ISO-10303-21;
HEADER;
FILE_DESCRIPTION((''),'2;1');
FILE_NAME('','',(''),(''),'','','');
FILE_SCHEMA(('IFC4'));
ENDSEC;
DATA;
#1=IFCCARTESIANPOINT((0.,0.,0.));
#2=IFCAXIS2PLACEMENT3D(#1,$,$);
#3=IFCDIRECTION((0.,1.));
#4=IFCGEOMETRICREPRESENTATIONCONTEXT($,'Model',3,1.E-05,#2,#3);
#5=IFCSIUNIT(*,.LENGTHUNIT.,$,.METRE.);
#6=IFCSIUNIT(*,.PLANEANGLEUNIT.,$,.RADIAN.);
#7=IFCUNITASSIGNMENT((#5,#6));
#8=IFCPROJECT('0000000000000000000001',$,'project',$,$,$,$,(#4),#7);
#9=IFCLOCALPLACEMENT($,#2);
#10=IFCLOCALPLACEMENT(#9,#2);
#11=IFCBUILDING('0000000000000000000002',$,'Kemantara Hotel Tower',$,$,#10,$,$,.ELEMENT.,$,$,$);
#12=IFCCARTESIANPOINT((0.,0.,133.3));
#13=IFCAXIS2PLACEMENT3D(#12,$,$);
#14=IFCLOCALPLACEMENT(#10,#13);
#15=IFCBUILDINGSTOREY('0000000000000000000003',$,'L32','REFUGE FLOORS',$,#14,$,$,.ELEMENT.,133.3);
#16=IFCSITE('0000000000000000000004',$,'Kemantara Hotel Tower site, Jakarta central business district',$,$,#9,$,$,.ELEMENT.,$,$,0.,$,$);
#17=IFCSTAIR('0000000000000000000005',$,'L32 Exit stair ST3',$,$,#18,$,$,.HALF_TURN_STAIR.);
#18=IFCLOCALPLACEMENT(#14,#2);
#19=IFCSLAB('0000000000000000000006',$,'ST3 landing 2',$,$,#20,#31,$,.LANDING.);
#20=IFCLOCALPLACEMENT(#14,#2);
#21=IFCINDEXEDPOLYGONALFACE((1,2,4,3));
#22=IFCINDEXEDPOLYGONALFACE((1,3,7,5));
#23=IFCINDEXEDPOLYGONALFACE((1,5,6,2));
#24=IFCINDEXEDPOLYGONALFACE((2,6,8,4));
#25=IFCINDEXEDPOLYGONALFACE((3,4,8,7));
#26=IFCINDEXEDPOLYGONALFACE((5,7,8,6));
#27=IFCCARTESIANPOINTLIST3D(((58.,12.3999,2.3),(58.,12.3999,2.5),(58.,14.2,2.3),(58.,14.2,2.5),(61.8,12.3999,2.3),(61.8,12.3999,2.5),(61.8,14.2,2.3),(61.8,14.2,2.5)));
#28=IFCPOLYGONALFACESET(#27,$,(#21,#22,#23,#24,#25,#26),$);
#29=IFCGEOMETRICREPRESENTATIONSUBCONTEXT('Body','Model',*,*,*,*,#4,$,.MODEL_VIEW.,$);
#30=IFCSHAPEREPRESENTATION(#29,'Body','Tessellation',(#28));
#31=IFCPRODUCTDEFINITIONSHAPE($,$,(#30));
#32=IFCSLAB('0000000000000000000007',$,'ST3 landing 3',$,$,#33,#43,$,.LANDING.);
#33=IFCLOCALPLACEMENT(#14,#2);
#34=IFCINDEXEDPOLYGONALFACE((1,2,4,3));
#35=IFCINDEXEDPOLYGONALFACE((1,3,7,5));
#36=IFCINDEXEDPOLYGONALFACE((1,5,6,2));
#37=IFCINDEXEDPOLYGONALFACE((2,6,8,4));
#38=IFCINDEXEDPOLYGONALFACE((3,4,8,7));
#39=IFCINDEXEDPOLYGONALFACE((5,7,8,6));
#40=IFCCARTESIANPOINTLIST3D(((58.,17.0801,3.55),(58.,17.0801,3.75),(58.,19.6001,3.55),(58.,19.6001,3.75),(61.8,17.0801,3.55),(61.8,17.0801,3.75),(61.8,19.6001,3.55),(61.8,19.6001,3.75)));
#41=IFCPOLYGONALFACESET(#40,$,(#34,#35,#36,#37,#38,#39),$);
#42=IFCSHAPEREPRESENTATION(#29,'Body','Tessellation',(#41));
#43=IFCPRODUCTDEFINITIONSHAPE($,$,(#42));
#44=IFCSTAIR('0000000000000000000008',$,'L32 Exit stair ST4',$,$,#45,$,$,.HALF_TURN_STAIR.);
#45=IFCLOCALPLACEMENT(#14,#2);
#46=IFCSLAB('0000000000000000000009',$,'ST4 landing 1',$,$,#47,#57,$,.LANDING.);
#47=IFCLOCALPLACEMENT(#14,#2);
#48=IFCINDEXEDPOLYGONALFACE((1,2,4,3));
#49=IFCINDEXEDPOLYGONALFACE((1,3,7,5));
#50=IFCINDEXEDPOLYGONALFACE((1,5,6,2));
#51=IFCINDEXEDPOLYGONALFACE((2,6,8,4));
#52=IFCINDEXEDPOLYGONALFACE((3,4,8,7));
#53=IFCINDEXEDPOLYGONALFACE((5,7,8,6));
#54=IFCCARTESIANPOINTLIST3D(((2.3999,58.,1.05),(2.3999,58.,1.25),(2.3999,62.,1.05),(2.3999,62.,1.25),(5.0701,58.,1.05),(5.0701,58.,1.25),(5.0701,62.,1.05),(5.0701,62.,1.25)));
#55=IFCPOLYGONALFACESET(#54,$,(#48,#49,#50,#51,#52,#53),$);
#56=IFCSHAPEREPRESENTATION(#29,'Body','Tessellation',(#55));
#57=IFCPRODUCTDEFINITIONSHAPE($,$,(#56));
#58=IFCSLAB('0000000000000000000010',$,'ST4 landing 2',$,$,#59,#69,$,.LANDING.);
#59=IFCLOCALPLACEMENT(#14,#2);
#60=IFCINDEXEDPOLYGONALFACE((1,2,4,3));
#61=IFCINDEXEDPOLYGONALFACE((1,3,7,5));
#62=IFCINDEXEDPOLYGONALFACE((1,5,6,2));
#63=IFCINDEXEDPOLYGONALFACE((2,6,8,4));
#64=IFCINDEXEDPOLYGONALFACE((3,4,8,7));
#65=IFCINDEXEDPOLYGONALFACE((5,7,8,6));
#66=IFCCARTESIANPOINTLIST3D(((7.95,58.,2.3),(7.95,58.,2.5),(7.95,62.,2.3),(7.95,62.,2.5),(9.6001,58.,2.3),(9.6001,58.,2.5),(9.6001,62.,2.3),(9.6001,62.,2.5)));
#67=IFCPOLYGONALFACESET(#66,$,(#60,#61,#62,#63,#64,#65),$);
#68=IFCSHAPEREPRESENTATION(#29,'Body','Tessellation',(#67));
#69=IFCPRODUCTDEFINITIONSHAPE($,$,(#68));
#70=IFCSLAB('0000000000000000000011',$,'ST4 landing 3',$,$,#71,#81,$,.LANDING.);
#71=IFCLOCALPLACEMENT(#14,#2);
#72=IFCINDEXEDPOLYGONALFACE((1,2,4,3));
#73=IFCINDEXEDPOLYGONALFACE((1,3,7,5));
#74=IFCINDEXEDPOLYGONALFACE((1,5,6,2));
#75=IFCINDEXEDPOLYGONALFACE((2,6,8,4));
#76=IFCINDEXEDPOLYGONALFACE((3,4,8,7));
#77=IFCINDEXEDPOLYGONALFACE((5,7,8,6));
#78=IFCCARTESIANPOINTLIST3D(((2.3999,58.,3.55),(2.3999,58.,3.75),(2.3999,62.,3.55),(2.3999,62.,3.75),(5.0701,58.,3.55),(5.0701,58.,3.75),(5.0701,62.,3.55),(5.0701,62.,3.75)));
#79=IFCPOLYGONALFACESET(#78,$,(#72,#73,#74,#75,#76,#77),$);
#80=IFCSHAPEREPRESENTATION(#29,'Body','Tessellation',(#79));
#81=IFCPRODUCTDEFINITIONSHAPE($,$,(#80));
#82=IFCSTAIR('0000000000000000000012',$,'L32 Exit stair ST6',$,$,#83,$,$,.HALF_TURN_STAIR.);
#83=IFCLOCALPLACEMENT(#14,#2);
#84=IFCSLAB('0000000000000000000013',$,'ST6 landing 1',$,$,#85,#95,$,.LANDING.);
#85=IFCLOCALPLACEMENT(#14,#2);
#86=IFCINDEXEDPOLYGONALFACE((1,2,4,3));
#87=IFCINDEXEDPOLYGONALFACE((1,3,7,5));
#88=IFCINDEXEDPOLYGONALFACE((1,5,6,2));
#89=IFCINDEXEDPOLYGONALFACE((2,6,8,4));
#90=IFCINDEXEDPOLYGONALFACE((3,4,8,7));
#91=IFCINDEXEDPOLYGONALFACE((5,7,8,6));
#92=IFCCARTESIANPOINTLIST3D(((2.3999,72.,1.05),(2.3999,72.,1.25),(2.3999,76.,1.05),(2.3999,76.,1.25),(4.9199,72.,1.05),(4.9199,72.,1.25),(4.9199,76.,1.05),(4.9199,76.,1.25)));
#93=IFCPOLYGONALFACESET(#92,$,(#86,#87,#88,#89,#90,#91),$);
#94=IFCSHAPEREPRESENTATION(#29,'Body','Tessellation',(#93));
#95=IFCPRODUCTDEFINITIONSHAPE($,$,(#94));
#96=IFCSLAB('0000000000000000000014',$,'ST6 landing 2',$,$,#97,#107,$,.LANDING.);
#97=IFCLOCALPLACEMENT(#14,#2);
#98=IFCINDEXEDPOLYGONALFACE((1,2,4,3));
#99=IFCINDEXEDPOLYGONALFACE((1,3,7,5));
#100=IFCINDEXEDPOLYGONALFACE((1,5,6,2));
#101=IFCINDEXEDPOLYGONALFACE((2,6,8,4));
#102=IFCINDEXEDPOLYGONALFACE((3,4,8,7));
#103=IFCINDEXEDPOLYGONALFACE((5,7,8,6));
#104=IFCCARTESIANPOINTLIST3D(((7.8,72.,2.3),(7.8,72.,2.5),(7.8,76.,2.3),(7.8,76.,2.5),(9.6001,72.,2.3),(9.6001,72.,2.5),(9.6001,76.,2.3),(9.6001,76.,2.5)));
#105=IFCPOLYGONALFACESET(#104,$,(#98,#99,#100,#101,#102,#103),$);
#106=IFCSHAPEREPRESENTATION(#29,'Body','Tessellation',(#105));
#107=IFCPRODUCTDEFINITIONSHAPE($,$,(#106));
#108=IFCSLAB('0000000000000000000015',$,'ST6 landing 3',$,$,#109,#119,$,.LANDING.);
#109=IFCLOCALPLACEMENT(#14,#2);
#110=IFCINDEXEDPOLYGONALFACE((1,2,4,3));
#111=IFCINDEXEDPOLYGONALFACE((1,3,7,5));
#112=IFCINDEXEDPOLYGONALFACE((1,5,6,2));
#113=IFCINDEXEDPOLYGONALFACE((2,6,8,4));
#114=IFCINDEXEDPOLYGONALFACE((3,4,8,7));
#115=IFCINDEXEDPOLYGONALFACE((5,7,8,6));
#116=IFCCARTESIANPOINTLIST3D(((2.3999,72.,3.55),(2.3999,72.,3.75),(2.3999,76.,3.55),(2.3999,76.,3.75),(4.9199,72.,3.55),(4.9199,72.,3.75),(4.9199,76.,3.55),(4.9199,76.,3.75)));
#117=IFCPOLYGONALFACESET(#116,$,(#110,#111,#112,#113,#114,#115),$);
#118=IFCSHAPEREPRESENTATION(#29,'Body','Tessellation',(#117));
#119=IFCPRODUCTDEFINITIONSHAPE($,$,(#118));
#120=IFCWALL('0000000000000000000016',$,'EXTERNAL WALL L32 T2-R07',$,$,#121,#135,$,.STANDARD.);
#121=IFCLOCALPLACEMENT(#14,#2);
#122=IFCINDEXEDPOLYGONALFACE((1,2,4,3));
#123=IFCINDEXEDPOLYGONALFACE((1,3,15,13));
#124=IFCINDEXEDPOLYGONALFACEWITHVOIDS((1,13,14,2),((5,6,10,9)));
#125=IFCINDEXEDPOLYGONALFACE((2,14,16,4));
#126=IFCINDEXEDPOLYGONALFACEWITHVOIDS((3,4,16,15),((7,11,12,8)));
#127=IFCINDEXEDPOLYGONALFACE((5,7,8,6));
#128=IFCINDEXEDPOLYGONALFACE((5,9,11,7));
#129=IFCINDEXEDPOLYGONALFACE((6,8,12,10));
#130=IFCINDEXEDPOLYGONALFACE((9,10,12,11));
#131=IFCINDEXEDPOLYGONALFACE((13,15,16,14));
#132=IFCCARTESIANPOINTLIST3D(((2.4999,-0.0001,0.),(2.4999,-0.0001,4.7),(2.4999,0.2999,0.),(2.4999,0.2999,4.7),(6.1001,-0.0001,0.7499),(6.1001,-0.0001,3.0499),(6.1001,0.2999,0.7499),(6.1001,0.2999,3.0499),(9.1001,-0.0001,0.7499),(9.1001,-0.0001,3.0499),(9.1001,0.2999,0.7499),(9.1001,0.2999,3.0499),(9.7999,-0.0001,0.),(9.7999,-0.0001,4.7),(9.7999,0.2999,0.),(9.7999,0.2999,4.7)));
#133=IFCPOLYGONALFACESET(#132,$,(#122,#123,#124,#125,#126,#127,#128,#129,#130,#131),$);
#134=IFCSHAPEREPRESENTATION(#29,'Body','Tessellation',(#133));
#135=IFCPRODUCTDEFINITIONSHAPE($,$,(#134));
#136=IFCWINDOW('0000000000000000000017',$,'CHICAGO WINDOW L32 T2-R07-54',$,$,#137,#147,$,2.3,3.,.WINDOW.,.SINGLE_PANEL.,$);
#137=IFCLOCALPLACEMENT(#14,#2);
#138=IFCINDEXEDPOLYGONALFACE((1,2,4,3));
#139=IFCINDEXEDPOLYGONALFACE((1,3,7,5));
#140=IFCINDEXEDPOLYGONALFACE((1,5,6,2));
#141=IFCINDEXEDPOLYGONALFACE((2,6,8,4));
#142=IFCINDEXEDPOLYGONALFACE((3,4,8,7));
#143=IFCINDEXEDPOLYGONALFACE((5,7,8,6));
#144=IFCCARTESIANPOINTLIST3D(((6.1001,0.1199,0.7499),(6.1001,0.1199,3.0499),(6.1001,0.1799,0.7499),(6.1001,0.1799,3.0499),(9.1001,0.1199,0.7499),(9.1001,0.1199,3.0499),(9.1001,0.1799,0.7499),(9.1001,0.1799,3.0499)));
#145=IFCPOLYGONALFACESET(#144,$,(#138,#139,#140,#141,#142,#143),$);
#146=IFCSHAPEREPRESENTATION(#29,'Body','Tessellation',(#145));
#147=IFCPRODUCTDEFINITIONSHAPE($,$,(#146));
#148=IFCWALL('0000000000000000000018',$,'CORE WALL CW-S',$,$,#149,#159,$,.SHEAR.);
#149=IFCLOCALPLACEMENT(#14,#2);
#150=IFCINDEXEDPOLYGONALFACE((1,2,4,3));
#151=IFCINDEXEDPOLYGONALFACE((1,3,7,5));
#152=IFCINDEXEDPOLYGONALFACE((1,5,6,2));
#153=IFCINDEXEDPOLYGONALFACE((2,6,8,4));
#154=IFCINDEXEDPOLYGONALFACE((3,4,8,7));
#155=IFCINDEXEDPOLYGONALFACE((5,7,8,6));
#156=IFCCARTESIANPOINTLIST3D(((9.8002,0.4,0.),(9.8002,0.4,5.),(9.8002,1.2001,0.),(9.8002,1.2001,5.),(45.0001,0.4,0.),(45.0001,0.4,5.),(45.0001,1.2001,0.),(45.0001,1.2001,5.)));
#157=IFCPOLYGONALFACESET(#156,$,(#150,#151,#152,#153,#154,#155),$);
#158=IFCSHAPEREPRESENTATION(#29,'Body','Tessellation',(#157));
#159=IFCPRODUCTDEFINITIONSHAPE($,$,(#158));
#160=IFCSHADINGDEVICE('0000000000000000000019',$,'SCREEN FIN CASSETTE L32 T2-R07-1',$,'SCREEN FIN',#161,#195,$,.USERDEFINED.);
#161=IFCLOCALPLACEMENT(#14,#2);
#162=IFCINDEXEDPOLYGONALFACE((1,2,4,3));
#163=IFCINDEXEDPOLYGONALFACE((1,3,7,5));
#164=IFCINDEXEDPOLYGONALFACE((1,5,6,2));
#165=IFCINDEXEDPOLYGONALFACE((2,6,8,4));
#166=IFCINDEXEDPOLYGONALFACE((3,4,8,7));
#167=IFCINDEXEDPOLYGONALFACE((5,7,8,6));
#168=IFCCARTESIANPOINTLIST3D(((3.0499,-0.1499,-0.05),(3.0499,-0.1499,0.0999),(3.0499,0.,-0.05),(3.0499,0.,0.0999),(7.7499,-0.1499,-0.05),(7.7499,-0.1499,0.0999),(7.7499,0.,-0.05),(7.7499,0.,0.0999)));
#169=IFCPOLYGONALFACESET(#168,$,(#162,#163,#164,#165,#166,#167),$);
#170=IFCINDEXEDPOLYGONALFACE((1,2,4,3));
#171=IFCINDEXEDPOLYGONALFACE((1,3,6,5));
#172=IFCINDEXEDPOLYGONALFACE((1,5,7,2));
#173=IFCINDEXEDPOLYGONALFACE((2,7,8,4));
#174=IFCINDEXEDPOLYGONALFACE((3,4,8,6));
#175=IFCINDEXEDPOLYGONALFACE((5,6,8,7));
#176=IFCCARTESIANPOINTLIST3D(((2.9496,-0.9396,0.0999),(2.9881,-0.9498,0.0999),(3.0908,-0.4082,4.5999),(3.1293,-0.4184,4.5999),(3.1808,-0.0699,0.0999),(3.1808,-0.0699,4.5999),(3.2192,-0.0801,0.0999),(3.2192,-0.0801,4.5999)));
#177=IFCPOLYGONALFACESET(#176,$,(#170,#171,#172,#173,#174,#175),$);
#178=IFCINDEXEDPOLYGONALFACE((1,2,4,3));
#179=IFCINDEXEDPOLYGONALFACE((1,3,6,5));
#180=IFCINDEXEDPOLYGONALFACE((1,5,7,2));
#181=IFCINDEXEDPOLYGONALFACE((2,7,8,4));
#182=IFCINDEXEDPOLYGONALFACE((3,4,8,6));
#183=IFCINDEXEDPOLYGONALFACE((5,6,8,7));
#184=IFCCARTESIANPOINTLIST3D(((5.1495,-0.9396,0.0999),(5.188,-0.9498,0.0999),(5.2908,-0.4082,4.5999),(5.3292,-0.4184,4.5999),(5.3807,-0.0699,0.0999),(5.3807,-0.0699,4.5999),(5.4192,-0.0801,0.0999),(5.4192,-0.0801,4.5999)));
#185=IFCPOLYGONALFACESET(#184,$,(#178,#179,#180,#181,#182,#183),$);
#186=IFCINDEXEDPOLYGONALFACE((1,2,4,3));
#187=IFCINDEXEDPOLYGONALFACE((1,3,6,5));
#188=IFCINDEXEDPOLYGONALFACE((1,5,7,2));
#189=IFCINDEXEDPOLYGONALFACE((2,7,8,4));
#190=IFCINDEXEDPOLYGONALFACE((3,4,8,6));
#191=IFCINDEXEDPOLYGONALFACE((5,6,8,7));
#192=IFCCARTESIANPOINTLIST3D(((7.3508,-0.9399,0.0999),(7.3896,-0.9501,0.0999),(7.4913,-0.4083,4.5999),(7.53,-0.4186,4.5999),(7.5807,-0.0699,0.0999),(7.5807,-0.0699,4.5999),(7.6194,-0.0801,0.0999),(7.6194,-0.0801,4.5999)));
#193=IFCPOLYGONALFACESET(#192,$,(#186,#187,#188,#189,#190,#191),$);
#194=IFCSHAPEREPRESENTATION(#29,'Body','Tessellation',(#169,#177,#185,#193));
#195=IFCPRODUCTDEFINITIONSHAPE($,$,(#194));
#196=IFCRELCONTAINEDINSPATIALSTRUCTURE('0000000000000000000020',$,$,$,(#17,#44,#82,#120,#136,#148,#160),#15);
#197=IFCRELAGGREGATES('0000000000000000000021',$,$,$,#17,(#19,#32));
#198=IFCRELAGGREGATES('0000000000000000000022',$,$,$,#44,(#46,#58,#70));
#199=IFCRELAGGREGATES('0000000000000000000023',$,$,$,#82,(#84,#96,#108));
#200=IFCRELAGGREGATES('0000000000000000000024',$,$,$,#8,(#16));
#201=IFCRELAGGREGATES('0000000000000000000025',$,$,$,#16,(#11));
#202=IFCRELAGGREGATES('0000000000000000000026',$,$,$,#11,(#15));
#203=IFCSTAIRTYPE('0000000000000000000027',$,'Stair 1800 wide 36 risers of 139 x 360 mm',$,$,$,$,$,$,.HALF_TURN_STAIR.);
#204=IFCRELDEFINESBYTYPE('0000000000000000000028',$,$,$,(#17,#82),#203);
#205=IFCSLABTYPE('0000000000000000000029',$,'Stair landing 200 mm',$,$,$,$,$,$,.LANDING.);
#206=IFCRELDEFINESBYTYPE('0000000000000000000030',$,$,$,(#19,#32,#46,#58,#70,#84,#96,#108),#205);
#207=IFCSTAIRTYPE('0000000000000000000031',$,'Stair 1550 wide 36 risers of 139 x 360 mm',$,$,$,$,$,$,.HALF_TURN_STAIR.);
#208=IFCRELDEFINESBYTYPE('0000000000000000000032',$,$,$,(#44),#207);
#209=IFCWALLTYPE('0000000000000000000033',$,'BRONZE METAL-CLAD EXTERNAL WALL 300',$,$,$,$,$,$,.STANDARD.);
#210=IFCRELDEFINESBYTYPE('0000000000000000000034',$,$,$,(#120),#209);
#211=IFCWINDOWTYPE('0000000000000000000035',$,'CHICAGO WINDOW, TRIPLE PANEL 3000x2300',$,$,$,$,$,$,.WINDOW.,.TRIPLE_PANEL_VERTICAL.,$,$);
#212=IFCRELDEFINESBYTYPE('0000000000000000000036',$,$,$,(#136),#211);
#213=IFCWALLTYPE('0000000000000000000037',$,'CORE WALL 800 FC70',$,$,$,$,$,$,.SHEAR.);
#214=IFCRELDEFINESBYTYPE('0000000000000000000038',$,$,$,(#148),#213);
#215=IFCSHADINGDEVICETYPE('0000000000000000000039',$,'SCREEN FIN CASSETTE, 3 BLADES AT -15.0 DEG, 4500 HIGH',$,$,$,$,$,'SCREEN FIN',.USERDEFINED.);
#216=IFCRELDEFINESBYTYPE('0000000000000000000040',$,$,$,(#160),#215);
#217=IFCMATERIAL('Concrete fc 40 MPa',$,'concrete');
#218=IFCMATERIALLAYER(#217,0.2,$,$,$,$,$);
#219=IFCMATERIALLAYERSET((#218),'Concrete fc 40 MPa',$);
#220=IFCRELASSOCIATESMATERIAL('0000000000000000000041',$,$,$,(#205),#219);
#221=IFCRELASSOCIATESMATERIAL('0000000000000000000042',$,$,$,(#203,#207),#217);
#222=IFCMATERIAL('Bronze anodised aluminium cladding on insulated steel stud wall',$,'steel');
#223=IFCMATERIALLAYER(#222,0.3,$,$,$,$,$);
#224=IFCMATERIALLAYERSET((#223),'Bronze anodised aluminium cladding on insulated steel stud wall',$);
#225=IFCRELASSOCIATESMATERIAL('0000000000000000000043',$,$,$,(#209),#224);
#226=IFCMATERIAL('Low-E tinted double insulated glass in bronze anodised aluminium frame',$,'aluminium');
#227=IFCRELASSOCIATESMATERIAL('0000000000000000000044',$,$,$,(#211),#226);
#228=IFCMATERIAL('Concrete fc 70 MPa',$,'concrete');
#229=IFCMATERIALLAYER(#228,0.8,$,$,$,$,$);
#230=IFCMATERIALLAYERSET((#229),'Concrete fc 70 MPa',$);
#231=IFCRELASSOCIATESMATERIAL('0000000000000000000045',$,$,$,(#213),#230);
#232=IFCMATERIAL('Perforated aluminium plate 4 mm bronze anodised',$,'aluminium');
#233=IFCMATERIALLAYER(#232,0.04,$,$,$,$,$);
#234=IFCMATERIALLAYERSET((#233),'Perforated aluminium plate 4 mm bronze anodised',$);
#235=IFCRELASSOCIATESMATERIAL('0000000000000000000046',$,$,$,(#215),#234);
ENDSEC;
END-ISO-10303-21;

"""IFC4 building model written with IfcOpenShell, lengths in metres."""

from ifc_helpers import new_model, si_unit, direction, frame, frame_2d, origin, origin_2d, place, context, subcontext, project, spatial, polyline, rectangle, outline, extrude, source, transform, mapped, material, layer, layer_set, type_object, element, fill, aggregate, save


model = new_model("IFC4")

# Units and contexts
model_context = context("Model", 3, precision=1e-05, world=origin(), true_north=direction((0.0, 1.0)))
body_context = subcontext(model_context, "Body", "Model", "MODEL_VIEW")
ifc_project = project(units=[si_unit("LENGTHUNIT", "METRE"), si_unit("PLANEANGLEUNIT", "RADIAN")], contexts=[model_context])

# Site, building, storey
site_placement = place(None, origin())
site = spatial("IfcSite", under=ifc_project, at=site_placement, Name="Kemantara Hotel Tower site, Jakarta central business district", CompositionType="ELEMENT", RefElevation=0.0)
building_placement = place(site_placement, origin())
building = spatial("IfcBuilding", under=site, at=building_placement, Name="Kemantara Hotel Tower", CompositionType="ELEMENT")
storey_placement = place(building_placement, frame((0.0, 0.0, 133.3)))
storey = spatial("IfcBuildingStorey", under=building, at=storey_placement, Name="L32", Description="REFUGE FLOORS", CompositionType="ELEMENT", Elevation=133.3)

# Shared definitions
ifc_material_1 = material(Name="Concrete fc 40 MPa", Category="concrete")

# Stairs, slabs
ifc_layer_1 = layer(ifc_material_1, 0.2)
ifc_layer_set_1 = layer_set([ifc_layer_1], Name="Concrete fc 40 MPa")
slab_type_1 = type_object("IfcSlabType", Name="Stair landing 200 mm", PredefinedType="LANDING", material=ifc_layer_set_1)
stair_type_1 = type_object("IfcStairType", Name="Stair 1800 wide 36 risers of 139 x 360 mm", PredefinedType="HALF_TURN_STAIR", material=ifc_material_1)
stair_1_placement = place(storey_placement, origin())
stair_1 = element("IfcStair", 1, at=stair_1_placement, inside=storey, type_object=stair_type_1, Name="L32 Exit stair ST3", PredefinedType="HALF_TURN_STAIR")
slab_1_placement = place(storey_placement, frame((0.0, 0.0, 2.3)))
slab_1 = element("IfcSlab", 2, at=slab_1_placement, type_object=slab_type_1, Name="ST3 landing 2", PredefinedType="LANDING", context=body_context, shape_type="SweptSolid", body=[
    extrude(outline(polyline([(61.8, 12.3999), (61.8, 14.2), (58.0, 14.2), (58.0, 12.3999), (61.8, 12.3999)])), origin(), (0.0, 0.0, 1.0), 0.2),
])
slab_2_placement = place(storey_placement, frame((0.0, 0.0, 3.55)))
slab_2 = element("IfcSlab", 3, at=slab_2_placement, type_object=slab_type_1, Name="ST3 landing 3", PredefinedType="LANDING", context=body_context, shape_type="SweptSolid", body=[
    extrude(outline(polyline([(61.8, 17.0801), (61.8, 19.6001), (58.0, 19.6001), (58.0, 17.0801), (61.8, 17.0801)])), origin(), (0.0, 0.0, 1.0), 0.2),
])
aggregate(stair_1, [slab_1, slab_2])
stair_type_2 = type_object("IfcStairType", Name="Stair 1550 wide 36 risers of 139 x 360 mm", PredefinedType="HALF_TURN_STAIR", material=ifc_material_1)
stair_2_placement = place(storey_placement, origin())
stair_2 = element("IfcStair", 4, at=stair_2_placement, inside=storey, type_object=stair_type_2, Name="L32 Exit stair ST4", PredefinedType="HALF_TURN_STAIR")
slab_3_placement = place(storey_placement, frame((0.0, 0.0, 1.05)))
slab_3 = element("IfcSlab", 5, at=slab_3_placement, type_object=slab_type_1, Name="ST4 landing 1", PredefinedType="LANDING", context=body_context, shape_type="SweptSolid", body=[
    extrude(outline(polyline([(5.0701, 62.0), (2.3999, 62.0), (2.3999, 58.0), (5.0701, 58.0), (5.0701, 62.0)])), origin(), (0.0, 0.0, 1.0), 0.2),
])
slab_4_placement = place(storey_placement, frame((0.0, 0.0, 2.3)))
slab_4 = element("IfcSlab", 6, at=slab_4_placement, type_object=slab_type_1, Name="ST4 landing 2", PredefinedType="LANDING", context=body_context, shape_type="SweptSolid", body=[
    extrude(outline(polyline([(9.6001, 62.0), (7.95, 62.0), (7.95, 58.0), (9.6001, 58.0), (9.6001, 62.0)])), origin(), (0.0, 0.0, 1.0), 0.2),
])
slab_5_placement = place(storey_placement, frame((0.0, 0.0, 3.55)))
slab_5 = element("IfcSlab", 7, at=slab_5_placement, type_object=slab_type_1, Name="ST4 landing 3", PredefinedType="LANDING", context=body_context, shape_type="SweptSolid", body=[
    extrude(outline(polyline([(5.0701, 62.0), (2.3999, 62.0), (2.3999, 58.0), (5.0701, 58.0), (5.0701, 62.0)])), origin(), (0.0, 0.0, 1.0), 0.2),
])
aggregate(stair_2, [slab_3, slab_4, slab_5])
stair_3_placement = place(storey_placement, origin())
stair_3 = element("IfcStair", 8, at=stair_3_placement, inside=storey, type_object=stair_type_1, Name="L32 Exit stair ST6", PredefinedType="HALF_TURN_STAIR")
slab_6_placement = place(storey_placement, frame((0.0, 0.0, 1.05)))
slab_6 = element("IfcSlab", 9, at=slab_6_placement, type_object=slab_type_1, Name="ST6 landing 1", PredefinedType="LANDING", context=body_context, shape_type="SweptSolid", body=[
    extrude(outline(polyline([(4.9199, 76.0), (2.3999, 76.0), (2.3999, 72.0), (4.9199, 72.0), (4.9199, 76.0)])), origin(), (0.0, 0.0, 1.0), 0.2),
])
slab_7_placement = place(storey_placement, frame((0.0, 0.0, 2.3)))
slab_7 = element("IfcSlab", 10, at=slab_7_placement, type_object=slab_type_1, Name="ST6 landing 2", PredefinedType="LANDING", context=body_context, shape_type="SweptSolid", body=[
    extrude(outline(polyline([(9.6001, 76.0), (7.8, 76.0), (7.8, 72.0), (9.6001, 72.0), (9.6001, 76.0)])), origin(), (0.0, 0.0, 1.0), 0.2),
])
slab_8_placement = place(storey_placement, frame((0.0, 0.0, 3.55)))
slab_8 = element("IfcSlab", 11, at=slab_8_placement, type_object=slab_type_1, Name="ST6 landing 3", PredefinedType="LANDING", context=body_context, shape_type="SweptSolid", body=[
    extrude(outline(polyline([(4.9199, 76.0), (2.3999, 76.0), (2.3999, 72.0), (4.9199, 72.0), (4.9199, 76.0)])), origin(), (0.0, 0.0, 1.0), 0.2),
])
aggregate(stair_3, [slab_6, slab_7, slab_8])

# Wall, opening, window
ifc_material_2 = material(Name="Bronze anodised aluminium cladding on insulated steel stud wall", Category="steel")
ifc_layer_2 = layer(ifc_material_2, 0.3)
ifc_layer_set_2 = layer_set([ifc_layer_2], Name="Bronze anodised aluminium cladding on insulated steel stud wall")
wall_type_1 = type_object("IfcWallType", Name="BRONZE METAL-CLAD EXTERNAL WALL 300", PredefinedType="STANDARD", material=ifc_layer_set_2)
wall_1_placement = place(storey_placement, frame((2.5, 0.1499, 0.0), z_axis=(0.0, 0.0, 1.0), x_axis=(1.0, 0.0, 0.0)))
wall_1 = element("IfcWall", 12, at=wall_1_placement, inside=storey, type_object=wall_type_1, Name="EXTERNAL WALL L32 T2-R07", PredefinedType="STANDARD", context=body_context, shape_type="SweptSolid", body=[
    extrude(rectangle(XDim=7.3, YDim=0.3, at=frame_2d((3.6499, 0.0))), origin(), (0.0, 0.0, 1.0), 4.7),
])
opening_placement = place(wall_1_placement, frame((3.6001, 0.0, 0.75)))
opening = element("IfcOpeningElement", 13, at=opening_placement, cuts=wall_1, PredefinedType="OPENING", context=body_context, shape_type="SweptSolid", body=[
    extrude(rectangle(XDim=3.0, YDim=2.3, at=frame_2d((1.5, 1.1499))), frame((0.0, 0.1599, 0.0), z_axis=(0.0, -1.0, 0.0), x_axis=(1.0, 0.0, 0.0)), (0.0, 0.0, 1.0), 0.3201),
])
ifc_material_3 = material(Name="Low-E tinted double insulated glass in bronze anodised aluminium frame", Category="aluminium")
window_type = type_object("IfcWindowType", Name="CHICAGO WINDOW, TRIPLE PANEL 3000x2300", PartitioningType="TRIPLE_PANEL_VERTICAL", PredefinedType="WINDOW", material=ifc_material_3)
window_placement = place(opening_placement, origin())
window = element("IfcWindow", 14, at=window_placement, inside=storey, type_object=window_type, Name="CHICAGO WINDOW L32 T2-R07-54", OverallHeight=2.3, OverallWidth=3.0, PartitioningType="SINGLE_PANEL", PredefinedType="WINDOW", context=body_context, shape_type="SweptSolid", body=[
    extrude(rectangle(XDim=3.0, YDim=2.3, at=frame_2d((1.5, 1.1499))), frame((0.0, 0.03, 0.0), z_axis=(0.0, -1.0, 0.0), x_axis=(1.0, 0.0, 0.0)), (0.0, 0.0, 1.0), 0.0601),
])
fill(opening, window)

# Wall
ifc_material_4 = material(Name="Concrete fc 70 MPa", Category="concrete")
ifc_layer_3 = layer(ifc_material_4, 0.8)
ifc_layer_set_3 = layer_set([ifc_layer_3], Name="Concrete fc 70 MPa")
wall_type_2 = type_object("IfcWallType", Name="CORE WALL 800 FC70", PredefinedType="SHEAR", material=ifc_layer_set_3)
wall_2_placement = place(storey_placement, frame((9.8, 0.8, 0.0), z_axis=(0.0, 0.0, 1.0), x_axis=(1.0, 0.0, 0.0)))
element("IfcWall", 15, at=wall_2_placement, inside=storey, type_object=wall_type_2, Name="CORE WALL CW-S", PredefinedType="SHEAR", context=body_context, shape_type="SweptSolid", body=[
    extrude(rectangle(XDim=35.2, YDim=0.8, at=frame_2d((17.6001, 0.0))), origin(), (0.0, 0.0, 1.0), 5.0),
])

# Shading device
ifc_material_5 = material(Name="Perforated aluminium plate 4 mm bronze anodised", Category="aluminium")
ifc_layer_4 = layer(ifc_material_5, 0.04)
ifc_layer_set_4 = layer_set([ifc_layer_4], Name="Perforated aluminium plate 4 mm bronze anodised")
shading_device_type_1 = type_object("IfcShadingDeviceType", Name="SCREEN FIN CASSETTE, 3 BLADES AT -15.0 DEG, 4500 HIGH", ElementType="SCREEN FIN", PredefinedType="USERDEFINED", material=ifc_layer_set_4)
shared_shape_1 = source(origin(), body_context, "Body", "SweptSolid", [
    extrude(rectangle(XDim=4.7, YDim=0.1499, at=origin_2d()), frame((2.2, -0.075, -0.1499), z_axis=(0.0, 0.0, 1.0), x_axis=(1.0, 0.0, 0.0)), (0.0, 0.0, 1.0), 0.1499),
    extrude(outline(polyline([(0.0, 0.0), (0.8999, 0.0), (0.3501, 4.5), (0.0, 4.5), (0.0, 0.0)])), frame((0.0193, -0.0801, 0.0), z_axis=(-0.966438, 0.256901, 0.0), x_axis=(-0.256901, -0.966438, 0.0)), (0.0, 0.0, 1.0), 0.0398),
    extrude(outline(polyline([(0.0, 0.0), (0.8999, 0.0), (0.3501, 4.5), (0.0, 4.5), (0.0, 0.0)])), frame((2.2192, -0.0801, 0.0), z_axis=(-0.966438, 0.256901, 0.0), x_axis=(-0.256901, -0.966438, 0.0)), (0.0, 0.0, 1.0), 0.0398),
    extrude(outline(polyline([(0.0, 0.0), (0.8999, 0.0), (0.3501, 4.5), (0.0, 4.5), (0.0, 0.0)])), frame((4.4194, -0.0801, 0.0), z_axis=(-0.966838, 0.255391, 0.0), x_axis=(-0.255391, -0.966838, 0.0)), (0.0, 0.0, 1.0), 0.04),
])
shading_device_1_placement = place(storey_placement, frame((3.2, 0.0, 0.0999), z_axis=(0.0, 0.0, 1.0), x_axis=(1.0, 0.0, 0.0)))
element("IfcShadingDevice", 16, at=shading_device_1_placement, inside=storey, type_object=shading_device_type_1, Name="SCREEN FIN CASSETTE L32 T2-R07-1", ObjectType="SCREEN FIN", PredefinedType="USERDEFINED", context=body_context, shape_type="MappedRepresentation", body=[
    mapped(shared_shape_1, transform((0.0, 0.0, 0.0))),
])

save(model, "model.ifc")
